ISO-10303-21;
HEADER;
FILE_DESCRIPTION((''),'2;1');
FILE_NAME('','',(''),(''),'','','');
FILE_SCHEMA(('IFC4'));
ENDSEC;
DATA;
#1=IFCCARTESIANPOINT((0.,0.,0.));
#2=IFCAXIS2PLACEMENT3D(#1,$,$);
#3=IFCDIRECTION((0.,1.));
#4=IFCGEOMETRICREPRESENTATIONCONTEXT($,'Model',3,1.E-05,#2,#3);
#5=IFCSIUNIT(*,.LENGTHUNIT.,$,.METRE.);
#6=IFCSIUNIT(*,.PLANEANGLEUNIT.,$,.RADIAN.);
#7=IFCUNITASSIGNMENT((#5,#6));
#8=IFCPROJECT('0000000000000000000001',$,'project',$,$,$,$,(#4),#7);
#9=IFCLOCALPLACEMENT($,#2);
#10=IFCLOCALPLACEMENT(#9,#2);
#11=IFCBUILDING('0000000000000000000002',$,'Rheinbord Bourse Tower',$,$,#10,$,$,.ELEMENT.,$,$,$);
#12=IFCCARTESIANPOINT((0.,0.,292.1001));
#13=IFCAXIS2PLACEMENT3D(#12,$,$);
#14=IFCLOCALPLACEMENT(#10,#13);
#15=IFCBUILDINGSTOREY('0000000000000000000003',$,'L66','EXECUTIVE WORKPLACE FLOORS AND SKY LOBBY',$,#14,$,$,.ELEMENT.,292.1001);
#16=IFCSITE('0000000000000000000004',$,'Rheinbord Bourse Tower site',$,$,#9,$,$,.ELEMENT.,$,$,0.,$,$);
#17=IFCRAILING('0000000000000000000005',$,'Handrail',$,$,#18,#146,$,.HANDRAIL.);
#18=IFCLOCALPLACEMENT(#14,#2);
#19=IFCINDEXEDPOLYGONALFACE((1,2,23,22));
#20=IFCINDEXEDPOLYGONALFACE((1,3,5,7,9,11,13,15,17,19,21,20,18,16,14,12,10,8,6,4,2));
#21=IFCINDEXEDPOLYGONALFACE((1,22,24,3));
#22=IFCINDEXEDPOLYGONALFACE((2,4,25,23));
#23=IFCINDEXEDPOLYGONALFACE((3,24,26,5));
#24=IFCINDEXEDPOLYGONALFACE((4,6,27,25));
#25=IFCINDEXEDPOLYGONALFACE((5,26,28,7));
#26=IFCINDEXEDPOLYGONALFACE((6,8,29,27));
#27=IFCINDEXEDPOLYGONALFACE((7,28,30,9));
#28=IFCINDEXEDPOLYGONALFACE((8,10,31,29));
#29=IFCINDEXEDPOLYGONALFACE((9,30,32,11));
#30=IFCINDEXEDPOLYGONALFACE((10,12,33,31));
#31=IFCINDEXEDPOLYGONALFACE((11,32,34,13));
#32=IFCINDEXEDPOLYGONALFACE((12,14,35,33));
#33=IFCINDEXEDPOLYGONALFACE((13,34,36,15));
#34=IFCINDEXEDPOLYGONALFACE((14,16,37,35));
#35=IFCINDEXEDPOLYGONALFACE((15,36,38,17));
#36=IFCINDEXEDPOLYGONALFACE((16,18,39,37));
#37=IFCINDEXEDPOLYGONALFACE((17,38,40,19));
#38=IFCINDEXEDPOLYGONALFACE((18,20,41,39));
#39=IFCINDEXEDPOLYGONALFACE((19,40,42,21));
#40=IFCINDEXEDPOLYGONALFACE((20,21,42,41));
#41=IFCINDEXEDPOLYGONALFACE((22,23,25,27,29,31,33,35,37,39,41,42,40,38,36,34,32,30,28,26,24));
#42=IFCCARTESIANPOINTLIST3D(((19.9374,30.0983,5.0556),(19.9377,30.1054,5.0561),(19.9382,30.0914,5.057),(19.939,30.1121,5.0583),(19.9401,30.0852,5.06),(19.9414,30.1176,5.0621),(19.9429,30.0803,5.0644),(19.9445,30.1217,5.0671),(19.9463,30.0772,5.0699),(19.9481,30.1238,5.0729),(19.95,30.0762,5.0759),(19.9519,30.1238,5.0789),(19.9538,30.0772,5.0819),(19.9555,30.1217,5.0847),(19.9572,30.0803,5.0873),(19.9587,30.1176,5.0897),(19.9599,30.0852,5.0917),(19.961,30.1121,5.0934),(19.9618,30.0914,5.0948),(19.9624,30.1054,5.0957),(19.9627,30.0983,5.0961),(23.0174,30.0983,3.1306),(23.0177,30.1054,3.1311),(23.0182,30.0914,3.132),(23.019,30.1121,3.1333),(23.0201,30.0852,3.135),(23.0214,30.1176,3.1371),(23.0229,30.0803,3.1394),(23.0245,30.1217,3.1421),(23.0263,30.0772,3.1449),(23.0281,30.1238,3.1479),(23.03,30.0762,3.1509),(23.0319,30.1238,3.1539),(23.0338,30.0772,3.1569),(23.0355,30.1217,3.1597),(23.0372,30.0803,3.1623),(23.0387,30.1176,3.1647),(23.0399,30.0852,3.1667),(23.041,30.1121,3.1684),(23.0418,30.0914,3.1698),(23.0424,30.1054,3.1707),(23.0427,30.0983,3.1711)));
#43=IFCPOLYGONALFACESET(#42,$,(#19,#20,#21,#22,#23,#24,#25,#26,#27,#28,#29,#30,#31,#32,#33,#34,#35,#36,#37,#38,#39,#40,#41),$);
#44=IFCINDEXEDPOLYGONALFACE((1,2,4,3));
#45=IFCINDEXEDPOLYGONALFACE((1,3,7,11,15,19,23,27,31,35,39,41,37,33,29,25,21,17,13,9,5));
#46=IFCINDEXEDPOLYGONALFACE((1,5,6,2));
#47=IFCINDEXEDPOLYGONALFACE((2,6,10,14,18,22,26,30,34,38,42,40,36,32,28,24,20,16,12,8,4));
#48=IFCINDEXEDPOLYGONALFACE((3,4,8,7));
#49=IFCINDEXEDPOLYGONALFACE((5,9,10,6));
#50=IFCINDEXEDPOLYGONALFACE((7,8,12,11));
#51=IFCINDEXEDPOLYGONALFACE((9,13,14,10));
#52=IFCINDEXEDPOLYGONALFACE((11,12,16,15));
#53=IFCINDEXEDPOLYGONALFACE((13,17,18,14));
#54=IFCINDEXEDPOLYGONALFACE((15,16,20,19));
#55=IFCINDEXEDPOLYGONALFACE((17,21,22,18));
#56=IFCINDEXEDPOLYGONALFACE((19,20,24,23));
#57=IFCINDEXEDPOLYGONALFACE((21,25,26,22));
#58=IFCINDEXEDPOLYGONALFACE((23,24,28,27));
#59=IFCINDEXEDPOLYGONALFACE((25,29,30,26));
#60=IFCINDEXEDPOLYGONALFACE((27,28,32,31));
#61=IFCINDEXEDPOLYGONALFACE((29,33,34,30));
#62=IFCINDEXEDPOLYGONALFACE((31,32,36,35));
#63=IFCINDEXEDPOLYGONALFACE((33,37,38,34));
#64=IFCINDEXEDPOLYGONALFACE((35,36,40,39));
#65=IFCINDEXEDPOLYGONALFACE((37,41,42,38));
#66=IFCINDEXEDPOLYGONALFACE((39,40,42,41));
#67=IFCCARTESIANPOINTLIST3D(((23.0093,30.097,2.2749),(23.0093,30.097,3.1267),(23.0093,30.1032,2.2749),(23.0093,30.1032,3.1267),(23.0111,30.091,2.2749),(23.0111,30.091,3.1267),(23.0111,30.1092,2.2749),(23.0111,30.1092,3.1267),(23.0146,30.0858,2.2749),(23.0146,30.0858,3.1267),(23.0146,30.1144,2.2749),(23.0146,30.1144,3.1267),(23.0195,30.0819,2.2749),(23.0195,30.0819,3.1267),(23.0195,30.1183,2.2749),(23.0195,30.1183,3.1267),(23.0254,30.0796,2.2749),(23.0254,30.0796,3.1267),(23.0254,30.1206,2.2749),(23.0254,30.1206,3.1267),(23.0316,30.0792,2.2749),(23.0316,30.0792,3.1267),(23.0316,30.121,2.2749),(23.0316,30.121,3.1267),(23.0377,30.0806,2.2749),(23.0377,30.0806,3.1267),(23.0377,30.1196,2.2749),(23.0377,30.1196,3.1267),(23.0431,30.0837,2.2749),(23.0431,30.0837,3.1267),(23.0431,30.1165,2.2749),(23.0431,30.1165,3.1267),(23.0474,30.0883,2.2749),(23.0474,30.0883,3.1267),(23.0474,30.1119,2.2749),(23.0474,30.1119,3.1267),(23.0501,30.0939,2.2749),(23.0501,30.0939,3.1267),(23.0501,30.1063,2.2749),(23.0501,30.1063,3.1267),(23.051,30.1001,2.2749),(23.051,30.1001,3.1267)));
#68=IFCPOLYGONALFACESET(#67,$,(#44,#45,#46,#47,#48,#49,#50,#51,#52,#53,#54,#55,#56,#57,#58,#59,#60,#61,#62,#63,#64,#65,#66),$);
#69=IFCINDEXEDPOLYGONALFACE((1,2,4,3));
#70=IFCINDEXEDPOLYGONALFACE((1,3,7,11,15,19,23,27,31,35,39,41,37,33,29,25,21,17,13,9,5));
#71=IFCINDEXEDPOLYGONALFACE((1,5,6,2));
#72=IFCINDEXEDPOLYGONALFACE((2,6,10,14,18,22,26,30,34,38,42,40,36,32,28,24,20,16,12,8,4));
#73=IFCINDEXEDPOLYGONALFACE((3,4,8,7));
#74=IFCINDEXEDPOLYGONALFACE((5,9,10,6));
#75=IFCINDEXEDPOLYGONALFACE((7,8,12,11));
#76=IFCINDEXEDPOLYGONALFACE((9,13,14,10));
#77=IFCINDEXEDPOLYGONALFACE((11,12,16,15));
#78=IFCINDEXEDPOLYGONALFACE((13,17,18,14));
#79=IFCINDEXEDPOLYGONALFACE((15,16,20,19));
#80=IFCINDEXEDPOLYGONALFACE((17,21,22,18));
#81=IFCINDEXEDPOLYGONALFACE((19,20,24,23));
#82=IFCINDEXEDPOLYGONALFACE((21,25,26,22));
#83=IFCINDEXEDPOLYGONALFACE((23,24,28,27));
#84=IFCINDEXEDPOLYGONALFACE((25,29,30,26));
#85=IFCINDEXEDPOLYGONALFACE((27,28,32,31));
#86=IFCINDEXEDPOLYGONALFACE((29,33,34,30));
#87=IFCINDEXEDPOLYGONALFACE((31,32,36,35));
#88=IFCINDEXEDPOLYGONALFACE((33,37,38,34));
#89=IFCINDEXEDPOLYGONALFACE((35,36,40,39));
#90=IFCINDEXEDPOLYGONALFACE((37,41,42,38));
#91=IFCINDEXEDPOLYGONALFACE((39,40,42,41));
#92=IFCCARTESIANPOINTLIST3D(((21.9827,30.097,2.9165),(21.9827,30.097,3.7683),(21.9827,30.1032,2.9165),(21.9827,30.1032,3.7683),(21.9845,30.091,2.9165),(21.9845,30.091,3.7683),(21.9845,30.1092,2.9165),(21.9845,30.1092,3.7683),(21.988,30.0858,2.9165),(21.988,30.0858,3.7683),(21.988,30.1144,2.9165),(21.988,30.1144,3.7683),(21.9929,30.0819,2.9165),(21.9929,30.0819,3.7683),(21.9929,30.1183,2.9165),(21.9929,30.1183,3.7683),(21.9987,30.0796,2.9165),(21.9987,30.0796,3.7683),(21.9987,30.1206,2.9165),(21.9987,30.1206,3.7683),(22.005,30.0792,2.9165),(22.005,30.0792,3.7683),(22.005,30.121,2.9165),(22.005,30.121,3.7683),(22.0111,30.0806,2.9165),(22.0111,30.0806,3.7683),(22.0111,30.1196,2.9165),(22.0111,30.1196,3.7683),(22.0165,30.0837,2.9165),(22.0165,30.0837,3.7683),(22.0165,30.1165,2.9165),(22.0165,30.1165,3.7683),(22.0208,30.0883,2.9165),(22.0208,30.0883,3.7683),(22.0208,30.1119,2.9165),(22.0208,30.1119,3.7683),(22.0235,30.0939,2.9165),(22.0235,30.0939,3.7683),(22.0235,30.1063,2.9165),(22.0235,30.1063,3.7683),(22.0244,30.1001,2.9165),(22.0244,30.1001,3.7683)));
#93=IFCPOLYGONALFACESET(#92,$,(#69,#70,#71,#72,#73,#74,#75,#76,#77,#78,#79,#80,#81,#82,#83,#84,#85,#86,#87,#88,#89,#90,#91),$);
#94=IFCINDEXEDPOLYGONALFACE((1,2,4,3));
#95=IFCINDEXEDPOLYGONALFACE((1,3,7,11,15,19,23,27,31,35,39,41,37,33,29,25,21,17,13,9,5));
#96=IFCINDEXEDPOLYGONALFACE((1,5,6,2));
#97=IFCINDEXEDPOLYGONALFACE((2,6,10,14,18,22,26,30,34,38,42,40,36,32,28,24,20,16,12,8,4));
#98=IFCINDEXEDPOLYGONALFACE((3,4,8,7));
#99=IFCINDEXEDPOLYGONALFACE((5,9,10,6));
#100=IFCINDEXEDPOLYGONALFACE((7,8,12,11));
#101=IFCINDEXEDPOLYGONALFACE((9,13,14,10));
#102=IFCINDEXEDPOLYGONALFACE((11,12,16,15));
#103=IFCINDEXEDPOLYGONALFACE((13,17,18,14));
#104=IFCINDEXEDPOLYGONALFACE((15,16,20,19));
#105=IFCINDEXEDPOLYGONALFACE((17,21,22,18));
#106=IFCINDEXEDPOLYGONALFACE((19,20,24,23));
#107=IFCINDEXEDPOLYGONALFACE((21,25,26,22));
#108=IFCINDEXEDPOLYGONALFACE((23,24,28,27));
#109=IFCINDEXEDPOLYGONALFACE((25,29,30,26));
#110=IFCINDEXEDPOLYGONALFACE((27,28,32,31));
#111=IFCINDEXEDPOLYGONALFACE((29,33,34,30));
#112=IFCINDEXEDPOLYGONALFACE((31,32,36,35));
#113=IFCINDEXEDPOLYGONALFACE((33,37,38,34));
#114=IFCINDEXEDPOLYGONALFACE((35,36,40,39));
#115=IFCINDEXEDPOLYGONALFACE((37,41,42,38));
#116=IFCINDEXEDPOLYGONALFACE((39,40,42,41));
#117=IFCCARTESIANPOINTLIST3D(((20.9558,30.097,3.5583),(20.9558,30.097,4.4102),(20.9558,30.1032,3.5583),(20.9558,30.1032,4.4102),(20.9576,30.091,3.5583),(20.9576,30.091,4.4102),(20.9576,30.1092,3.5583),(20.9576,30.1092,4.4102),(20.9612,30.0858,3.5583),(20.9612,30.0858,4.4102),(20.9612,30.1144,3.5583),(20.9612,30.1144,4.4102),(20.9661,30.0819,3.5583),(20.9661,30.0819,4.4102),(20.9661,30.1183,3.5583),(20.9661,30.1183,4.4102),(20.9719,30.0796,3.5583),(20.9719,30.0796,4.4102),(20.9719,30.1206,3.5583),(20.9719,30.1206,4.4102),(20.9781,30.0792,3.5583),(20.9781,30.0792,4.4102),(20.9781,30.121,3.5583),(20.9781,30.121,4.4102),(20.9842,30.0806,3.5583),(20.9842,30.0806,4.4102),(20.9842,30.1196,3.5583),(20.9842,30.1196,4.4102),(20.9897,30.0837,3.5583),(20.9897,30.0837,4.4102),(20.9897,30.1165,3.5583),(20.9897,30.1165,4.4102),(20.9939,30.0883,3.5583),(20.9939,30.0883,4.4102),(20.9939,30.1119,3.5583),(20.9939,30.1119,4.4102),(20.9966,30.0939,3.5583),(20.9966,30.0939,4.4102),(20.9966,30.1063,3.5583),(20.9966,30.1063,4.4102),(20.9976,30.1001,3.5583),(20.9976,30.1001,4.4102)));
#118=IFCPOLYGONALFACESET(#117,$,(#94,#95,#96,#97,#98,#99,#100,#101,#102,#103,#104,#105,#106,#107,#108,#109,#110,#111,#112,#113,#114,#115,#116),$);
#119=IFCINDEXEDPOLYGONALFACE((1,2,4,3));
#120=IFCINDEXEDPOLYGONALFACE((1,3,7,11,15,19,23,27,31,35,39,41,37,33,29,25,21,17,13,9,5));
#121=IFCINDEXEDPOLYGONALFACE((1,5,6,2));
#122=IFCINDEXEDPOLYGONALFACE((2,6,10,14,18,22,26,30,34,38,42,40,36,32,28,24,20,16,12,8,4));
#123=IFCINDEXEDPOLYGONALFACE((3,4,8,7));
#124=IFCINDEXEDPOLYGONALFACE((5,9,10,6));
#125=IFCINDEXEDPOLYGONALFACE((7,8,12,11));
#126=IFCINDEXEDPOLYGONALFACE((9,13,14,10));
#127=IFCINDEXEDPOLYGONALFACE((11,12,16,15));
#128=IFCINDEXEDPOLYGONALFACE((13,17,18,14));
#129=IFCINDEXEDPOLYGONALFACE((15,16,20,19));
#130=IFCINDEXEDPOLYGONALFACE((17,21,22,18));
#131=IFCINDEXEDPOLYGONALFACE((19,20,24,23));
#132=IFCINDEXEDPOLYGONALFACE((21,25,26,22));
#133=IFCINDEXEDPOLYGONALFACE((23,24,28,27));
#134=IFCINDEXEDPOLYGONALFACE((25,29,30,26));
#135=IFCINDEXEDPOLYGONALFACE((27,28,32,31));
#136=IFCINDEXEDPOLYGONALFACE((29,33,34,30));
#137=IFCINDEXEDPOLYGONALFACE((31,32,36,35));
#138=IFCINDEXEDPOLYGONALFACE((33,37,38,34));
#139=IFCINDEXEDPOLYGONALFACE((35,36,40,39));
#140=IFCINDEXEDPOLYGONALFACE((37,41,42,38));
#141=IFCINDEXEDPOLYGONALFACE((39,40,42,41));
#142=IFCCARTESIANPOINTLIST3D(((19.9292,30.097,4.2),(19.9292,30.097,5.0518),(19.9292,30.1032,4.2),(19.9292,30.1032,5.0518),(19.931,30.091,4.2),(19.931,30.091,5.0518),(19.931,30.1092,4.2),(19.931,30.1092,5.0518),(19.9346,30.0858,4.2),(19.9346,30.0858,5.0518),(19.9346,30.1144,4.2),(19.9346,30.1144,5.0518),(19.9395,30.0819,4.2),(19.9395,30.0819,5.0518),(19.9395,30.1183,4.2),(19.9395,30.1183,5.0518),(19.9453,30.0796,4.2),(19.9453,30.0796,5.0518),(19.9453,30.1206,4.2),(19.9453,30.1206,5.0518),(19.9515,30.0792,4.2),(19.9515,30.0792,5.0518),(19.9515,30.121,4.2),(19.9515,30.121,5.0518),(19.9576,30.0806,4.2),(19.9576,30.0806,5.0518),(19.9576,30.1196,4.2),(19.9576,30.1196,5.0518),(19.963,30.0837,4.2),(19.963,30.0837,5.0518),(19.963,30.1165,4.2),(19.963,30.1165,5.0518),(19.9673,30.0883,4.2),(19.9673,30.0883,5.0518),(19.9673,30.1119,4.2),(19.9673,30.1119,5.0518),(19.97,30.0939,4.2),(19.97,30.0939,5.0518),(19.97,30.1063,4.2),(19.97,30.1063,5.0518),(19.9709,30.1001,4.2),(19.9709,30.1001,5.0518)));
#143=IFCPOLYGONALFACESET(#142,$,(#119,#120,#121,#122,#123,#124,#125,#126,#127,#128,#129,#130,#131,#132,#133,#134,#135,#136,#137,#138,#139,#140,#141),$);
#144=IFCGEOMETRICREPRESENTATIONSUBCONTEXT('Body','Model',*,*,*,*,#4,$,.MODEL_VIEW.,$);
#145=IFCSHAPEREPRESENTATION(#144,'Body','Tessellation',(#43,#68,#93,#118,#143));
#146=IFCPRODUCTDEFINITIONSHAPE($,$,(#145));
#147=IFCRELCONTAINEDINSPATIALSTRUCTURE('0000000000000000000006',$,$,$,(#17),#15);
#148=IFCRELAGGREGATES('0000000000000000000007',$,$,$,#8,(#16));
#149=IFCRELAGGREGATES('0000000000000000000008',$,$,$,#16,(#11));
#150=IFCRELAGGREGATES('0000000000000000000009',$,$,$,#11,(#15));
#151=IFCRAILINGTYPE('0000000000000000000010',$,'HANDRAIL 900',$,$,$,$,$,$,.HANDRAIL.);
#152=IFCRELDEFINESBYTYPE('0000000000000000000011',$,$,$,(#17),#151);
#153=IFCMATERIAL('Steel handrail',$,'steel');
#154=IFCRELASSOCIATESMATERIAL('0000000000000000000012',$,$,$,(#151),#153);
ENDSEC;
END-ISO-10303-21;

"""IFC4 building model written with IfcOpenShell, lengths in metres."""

from ifc_helpers import new_model, si_unit, direction, frame, origin, origin_2d, place, context, subcontext, project, spatial, circle, extrude, material, type_object, element, save


model = new_model("IFC4")

# Units and contexts
model_context = context("Model", 3, precision=1e-05, world=origin(), true_north=direction((0.0, 1.0)))
body_context = subcontext(model_context, "Body", "Model", "MODEL_VIEW")
ifc_project = project(units=[si_unit("LENGTHUNIT", "METRE"), si_unit("PLANEANGLEUNIT", "RADIAN")], contexts=[model_context])

# Site, building, storey
site_placement = place(None, origin())
site = spatial("IfcSite", under=ifc_project, at=site_placement, Name="Rheinbord Bourse Tower site", CompositionType="ELEMENT", RefElevation=0.0)
building_placement = place(site_placement, origin())
building = spatial("IfcBuilding", under=site, at=building_placement, Name="Rheinbord Bourse Tower", CompositionType="ELEMENT")
storey_placement = place(building_placement, frame((0.0, 0.0, 292.1001)))
storey = spatial("IfcBuildingStorey", under=building, at=storey_placement, Name="L66", Description="EXECUTIVE WORKPLACE FLOORS AND SKY LOBBY", CompositionType="ELEMENT", Elevation=292.1001)

# Railing
ifc_material_1 = material(Name="Steel handrail", Category="steel")
railing_type = type_object("IfcRailingType", Name="HANDRAIL 900", PredefinedType="HANDRAIL", material=ifc_material_1)
railing_1_placement = place(storey_placement, frame((23.03, 30.1001, 2.2749)))
element("IfcRailing", 1, at=railing_1_placement, inside=storey, type_object=railing_type, Name="Handrail", PredefinedType="HANDRAIL", context=body_context, shape_type="SweptSolid", body=[
    extrude(circle(Radius=0.0239, at=origin_2d()), frame((0.0, 0.0, 0.876), z_axis=(-0.847998, 0.0, 0.529999), x_axis=(0.0, -1.0, 0.0)), (0.0, 0.0, 1.0), 3.6321),
    extrude(circle(Radius=0.021, at=origin_2d()), origin(), (0.0, 0.0, 1.0), 0.8518),
    extrude(circle(Radius=0.021, at=origin_2d()), frame((-1.0266, 0.0, 0.6416)), (0.0, 0.0, 1.0), 0.8518),
    extrude(circle(Radius=0.021, at=origin_2d()), frame((-2.0535, 0.0, 1.2834)), (0.0, 0.0, 1.0), 0.8518),
    extrude(circle(Radius=0.021, at=origin_2d()), frame((-3.0801, 0.0, 1.925)), (0.0, 0.0, 1.0), 0.8518),
])

save(model, "model.ifc")
